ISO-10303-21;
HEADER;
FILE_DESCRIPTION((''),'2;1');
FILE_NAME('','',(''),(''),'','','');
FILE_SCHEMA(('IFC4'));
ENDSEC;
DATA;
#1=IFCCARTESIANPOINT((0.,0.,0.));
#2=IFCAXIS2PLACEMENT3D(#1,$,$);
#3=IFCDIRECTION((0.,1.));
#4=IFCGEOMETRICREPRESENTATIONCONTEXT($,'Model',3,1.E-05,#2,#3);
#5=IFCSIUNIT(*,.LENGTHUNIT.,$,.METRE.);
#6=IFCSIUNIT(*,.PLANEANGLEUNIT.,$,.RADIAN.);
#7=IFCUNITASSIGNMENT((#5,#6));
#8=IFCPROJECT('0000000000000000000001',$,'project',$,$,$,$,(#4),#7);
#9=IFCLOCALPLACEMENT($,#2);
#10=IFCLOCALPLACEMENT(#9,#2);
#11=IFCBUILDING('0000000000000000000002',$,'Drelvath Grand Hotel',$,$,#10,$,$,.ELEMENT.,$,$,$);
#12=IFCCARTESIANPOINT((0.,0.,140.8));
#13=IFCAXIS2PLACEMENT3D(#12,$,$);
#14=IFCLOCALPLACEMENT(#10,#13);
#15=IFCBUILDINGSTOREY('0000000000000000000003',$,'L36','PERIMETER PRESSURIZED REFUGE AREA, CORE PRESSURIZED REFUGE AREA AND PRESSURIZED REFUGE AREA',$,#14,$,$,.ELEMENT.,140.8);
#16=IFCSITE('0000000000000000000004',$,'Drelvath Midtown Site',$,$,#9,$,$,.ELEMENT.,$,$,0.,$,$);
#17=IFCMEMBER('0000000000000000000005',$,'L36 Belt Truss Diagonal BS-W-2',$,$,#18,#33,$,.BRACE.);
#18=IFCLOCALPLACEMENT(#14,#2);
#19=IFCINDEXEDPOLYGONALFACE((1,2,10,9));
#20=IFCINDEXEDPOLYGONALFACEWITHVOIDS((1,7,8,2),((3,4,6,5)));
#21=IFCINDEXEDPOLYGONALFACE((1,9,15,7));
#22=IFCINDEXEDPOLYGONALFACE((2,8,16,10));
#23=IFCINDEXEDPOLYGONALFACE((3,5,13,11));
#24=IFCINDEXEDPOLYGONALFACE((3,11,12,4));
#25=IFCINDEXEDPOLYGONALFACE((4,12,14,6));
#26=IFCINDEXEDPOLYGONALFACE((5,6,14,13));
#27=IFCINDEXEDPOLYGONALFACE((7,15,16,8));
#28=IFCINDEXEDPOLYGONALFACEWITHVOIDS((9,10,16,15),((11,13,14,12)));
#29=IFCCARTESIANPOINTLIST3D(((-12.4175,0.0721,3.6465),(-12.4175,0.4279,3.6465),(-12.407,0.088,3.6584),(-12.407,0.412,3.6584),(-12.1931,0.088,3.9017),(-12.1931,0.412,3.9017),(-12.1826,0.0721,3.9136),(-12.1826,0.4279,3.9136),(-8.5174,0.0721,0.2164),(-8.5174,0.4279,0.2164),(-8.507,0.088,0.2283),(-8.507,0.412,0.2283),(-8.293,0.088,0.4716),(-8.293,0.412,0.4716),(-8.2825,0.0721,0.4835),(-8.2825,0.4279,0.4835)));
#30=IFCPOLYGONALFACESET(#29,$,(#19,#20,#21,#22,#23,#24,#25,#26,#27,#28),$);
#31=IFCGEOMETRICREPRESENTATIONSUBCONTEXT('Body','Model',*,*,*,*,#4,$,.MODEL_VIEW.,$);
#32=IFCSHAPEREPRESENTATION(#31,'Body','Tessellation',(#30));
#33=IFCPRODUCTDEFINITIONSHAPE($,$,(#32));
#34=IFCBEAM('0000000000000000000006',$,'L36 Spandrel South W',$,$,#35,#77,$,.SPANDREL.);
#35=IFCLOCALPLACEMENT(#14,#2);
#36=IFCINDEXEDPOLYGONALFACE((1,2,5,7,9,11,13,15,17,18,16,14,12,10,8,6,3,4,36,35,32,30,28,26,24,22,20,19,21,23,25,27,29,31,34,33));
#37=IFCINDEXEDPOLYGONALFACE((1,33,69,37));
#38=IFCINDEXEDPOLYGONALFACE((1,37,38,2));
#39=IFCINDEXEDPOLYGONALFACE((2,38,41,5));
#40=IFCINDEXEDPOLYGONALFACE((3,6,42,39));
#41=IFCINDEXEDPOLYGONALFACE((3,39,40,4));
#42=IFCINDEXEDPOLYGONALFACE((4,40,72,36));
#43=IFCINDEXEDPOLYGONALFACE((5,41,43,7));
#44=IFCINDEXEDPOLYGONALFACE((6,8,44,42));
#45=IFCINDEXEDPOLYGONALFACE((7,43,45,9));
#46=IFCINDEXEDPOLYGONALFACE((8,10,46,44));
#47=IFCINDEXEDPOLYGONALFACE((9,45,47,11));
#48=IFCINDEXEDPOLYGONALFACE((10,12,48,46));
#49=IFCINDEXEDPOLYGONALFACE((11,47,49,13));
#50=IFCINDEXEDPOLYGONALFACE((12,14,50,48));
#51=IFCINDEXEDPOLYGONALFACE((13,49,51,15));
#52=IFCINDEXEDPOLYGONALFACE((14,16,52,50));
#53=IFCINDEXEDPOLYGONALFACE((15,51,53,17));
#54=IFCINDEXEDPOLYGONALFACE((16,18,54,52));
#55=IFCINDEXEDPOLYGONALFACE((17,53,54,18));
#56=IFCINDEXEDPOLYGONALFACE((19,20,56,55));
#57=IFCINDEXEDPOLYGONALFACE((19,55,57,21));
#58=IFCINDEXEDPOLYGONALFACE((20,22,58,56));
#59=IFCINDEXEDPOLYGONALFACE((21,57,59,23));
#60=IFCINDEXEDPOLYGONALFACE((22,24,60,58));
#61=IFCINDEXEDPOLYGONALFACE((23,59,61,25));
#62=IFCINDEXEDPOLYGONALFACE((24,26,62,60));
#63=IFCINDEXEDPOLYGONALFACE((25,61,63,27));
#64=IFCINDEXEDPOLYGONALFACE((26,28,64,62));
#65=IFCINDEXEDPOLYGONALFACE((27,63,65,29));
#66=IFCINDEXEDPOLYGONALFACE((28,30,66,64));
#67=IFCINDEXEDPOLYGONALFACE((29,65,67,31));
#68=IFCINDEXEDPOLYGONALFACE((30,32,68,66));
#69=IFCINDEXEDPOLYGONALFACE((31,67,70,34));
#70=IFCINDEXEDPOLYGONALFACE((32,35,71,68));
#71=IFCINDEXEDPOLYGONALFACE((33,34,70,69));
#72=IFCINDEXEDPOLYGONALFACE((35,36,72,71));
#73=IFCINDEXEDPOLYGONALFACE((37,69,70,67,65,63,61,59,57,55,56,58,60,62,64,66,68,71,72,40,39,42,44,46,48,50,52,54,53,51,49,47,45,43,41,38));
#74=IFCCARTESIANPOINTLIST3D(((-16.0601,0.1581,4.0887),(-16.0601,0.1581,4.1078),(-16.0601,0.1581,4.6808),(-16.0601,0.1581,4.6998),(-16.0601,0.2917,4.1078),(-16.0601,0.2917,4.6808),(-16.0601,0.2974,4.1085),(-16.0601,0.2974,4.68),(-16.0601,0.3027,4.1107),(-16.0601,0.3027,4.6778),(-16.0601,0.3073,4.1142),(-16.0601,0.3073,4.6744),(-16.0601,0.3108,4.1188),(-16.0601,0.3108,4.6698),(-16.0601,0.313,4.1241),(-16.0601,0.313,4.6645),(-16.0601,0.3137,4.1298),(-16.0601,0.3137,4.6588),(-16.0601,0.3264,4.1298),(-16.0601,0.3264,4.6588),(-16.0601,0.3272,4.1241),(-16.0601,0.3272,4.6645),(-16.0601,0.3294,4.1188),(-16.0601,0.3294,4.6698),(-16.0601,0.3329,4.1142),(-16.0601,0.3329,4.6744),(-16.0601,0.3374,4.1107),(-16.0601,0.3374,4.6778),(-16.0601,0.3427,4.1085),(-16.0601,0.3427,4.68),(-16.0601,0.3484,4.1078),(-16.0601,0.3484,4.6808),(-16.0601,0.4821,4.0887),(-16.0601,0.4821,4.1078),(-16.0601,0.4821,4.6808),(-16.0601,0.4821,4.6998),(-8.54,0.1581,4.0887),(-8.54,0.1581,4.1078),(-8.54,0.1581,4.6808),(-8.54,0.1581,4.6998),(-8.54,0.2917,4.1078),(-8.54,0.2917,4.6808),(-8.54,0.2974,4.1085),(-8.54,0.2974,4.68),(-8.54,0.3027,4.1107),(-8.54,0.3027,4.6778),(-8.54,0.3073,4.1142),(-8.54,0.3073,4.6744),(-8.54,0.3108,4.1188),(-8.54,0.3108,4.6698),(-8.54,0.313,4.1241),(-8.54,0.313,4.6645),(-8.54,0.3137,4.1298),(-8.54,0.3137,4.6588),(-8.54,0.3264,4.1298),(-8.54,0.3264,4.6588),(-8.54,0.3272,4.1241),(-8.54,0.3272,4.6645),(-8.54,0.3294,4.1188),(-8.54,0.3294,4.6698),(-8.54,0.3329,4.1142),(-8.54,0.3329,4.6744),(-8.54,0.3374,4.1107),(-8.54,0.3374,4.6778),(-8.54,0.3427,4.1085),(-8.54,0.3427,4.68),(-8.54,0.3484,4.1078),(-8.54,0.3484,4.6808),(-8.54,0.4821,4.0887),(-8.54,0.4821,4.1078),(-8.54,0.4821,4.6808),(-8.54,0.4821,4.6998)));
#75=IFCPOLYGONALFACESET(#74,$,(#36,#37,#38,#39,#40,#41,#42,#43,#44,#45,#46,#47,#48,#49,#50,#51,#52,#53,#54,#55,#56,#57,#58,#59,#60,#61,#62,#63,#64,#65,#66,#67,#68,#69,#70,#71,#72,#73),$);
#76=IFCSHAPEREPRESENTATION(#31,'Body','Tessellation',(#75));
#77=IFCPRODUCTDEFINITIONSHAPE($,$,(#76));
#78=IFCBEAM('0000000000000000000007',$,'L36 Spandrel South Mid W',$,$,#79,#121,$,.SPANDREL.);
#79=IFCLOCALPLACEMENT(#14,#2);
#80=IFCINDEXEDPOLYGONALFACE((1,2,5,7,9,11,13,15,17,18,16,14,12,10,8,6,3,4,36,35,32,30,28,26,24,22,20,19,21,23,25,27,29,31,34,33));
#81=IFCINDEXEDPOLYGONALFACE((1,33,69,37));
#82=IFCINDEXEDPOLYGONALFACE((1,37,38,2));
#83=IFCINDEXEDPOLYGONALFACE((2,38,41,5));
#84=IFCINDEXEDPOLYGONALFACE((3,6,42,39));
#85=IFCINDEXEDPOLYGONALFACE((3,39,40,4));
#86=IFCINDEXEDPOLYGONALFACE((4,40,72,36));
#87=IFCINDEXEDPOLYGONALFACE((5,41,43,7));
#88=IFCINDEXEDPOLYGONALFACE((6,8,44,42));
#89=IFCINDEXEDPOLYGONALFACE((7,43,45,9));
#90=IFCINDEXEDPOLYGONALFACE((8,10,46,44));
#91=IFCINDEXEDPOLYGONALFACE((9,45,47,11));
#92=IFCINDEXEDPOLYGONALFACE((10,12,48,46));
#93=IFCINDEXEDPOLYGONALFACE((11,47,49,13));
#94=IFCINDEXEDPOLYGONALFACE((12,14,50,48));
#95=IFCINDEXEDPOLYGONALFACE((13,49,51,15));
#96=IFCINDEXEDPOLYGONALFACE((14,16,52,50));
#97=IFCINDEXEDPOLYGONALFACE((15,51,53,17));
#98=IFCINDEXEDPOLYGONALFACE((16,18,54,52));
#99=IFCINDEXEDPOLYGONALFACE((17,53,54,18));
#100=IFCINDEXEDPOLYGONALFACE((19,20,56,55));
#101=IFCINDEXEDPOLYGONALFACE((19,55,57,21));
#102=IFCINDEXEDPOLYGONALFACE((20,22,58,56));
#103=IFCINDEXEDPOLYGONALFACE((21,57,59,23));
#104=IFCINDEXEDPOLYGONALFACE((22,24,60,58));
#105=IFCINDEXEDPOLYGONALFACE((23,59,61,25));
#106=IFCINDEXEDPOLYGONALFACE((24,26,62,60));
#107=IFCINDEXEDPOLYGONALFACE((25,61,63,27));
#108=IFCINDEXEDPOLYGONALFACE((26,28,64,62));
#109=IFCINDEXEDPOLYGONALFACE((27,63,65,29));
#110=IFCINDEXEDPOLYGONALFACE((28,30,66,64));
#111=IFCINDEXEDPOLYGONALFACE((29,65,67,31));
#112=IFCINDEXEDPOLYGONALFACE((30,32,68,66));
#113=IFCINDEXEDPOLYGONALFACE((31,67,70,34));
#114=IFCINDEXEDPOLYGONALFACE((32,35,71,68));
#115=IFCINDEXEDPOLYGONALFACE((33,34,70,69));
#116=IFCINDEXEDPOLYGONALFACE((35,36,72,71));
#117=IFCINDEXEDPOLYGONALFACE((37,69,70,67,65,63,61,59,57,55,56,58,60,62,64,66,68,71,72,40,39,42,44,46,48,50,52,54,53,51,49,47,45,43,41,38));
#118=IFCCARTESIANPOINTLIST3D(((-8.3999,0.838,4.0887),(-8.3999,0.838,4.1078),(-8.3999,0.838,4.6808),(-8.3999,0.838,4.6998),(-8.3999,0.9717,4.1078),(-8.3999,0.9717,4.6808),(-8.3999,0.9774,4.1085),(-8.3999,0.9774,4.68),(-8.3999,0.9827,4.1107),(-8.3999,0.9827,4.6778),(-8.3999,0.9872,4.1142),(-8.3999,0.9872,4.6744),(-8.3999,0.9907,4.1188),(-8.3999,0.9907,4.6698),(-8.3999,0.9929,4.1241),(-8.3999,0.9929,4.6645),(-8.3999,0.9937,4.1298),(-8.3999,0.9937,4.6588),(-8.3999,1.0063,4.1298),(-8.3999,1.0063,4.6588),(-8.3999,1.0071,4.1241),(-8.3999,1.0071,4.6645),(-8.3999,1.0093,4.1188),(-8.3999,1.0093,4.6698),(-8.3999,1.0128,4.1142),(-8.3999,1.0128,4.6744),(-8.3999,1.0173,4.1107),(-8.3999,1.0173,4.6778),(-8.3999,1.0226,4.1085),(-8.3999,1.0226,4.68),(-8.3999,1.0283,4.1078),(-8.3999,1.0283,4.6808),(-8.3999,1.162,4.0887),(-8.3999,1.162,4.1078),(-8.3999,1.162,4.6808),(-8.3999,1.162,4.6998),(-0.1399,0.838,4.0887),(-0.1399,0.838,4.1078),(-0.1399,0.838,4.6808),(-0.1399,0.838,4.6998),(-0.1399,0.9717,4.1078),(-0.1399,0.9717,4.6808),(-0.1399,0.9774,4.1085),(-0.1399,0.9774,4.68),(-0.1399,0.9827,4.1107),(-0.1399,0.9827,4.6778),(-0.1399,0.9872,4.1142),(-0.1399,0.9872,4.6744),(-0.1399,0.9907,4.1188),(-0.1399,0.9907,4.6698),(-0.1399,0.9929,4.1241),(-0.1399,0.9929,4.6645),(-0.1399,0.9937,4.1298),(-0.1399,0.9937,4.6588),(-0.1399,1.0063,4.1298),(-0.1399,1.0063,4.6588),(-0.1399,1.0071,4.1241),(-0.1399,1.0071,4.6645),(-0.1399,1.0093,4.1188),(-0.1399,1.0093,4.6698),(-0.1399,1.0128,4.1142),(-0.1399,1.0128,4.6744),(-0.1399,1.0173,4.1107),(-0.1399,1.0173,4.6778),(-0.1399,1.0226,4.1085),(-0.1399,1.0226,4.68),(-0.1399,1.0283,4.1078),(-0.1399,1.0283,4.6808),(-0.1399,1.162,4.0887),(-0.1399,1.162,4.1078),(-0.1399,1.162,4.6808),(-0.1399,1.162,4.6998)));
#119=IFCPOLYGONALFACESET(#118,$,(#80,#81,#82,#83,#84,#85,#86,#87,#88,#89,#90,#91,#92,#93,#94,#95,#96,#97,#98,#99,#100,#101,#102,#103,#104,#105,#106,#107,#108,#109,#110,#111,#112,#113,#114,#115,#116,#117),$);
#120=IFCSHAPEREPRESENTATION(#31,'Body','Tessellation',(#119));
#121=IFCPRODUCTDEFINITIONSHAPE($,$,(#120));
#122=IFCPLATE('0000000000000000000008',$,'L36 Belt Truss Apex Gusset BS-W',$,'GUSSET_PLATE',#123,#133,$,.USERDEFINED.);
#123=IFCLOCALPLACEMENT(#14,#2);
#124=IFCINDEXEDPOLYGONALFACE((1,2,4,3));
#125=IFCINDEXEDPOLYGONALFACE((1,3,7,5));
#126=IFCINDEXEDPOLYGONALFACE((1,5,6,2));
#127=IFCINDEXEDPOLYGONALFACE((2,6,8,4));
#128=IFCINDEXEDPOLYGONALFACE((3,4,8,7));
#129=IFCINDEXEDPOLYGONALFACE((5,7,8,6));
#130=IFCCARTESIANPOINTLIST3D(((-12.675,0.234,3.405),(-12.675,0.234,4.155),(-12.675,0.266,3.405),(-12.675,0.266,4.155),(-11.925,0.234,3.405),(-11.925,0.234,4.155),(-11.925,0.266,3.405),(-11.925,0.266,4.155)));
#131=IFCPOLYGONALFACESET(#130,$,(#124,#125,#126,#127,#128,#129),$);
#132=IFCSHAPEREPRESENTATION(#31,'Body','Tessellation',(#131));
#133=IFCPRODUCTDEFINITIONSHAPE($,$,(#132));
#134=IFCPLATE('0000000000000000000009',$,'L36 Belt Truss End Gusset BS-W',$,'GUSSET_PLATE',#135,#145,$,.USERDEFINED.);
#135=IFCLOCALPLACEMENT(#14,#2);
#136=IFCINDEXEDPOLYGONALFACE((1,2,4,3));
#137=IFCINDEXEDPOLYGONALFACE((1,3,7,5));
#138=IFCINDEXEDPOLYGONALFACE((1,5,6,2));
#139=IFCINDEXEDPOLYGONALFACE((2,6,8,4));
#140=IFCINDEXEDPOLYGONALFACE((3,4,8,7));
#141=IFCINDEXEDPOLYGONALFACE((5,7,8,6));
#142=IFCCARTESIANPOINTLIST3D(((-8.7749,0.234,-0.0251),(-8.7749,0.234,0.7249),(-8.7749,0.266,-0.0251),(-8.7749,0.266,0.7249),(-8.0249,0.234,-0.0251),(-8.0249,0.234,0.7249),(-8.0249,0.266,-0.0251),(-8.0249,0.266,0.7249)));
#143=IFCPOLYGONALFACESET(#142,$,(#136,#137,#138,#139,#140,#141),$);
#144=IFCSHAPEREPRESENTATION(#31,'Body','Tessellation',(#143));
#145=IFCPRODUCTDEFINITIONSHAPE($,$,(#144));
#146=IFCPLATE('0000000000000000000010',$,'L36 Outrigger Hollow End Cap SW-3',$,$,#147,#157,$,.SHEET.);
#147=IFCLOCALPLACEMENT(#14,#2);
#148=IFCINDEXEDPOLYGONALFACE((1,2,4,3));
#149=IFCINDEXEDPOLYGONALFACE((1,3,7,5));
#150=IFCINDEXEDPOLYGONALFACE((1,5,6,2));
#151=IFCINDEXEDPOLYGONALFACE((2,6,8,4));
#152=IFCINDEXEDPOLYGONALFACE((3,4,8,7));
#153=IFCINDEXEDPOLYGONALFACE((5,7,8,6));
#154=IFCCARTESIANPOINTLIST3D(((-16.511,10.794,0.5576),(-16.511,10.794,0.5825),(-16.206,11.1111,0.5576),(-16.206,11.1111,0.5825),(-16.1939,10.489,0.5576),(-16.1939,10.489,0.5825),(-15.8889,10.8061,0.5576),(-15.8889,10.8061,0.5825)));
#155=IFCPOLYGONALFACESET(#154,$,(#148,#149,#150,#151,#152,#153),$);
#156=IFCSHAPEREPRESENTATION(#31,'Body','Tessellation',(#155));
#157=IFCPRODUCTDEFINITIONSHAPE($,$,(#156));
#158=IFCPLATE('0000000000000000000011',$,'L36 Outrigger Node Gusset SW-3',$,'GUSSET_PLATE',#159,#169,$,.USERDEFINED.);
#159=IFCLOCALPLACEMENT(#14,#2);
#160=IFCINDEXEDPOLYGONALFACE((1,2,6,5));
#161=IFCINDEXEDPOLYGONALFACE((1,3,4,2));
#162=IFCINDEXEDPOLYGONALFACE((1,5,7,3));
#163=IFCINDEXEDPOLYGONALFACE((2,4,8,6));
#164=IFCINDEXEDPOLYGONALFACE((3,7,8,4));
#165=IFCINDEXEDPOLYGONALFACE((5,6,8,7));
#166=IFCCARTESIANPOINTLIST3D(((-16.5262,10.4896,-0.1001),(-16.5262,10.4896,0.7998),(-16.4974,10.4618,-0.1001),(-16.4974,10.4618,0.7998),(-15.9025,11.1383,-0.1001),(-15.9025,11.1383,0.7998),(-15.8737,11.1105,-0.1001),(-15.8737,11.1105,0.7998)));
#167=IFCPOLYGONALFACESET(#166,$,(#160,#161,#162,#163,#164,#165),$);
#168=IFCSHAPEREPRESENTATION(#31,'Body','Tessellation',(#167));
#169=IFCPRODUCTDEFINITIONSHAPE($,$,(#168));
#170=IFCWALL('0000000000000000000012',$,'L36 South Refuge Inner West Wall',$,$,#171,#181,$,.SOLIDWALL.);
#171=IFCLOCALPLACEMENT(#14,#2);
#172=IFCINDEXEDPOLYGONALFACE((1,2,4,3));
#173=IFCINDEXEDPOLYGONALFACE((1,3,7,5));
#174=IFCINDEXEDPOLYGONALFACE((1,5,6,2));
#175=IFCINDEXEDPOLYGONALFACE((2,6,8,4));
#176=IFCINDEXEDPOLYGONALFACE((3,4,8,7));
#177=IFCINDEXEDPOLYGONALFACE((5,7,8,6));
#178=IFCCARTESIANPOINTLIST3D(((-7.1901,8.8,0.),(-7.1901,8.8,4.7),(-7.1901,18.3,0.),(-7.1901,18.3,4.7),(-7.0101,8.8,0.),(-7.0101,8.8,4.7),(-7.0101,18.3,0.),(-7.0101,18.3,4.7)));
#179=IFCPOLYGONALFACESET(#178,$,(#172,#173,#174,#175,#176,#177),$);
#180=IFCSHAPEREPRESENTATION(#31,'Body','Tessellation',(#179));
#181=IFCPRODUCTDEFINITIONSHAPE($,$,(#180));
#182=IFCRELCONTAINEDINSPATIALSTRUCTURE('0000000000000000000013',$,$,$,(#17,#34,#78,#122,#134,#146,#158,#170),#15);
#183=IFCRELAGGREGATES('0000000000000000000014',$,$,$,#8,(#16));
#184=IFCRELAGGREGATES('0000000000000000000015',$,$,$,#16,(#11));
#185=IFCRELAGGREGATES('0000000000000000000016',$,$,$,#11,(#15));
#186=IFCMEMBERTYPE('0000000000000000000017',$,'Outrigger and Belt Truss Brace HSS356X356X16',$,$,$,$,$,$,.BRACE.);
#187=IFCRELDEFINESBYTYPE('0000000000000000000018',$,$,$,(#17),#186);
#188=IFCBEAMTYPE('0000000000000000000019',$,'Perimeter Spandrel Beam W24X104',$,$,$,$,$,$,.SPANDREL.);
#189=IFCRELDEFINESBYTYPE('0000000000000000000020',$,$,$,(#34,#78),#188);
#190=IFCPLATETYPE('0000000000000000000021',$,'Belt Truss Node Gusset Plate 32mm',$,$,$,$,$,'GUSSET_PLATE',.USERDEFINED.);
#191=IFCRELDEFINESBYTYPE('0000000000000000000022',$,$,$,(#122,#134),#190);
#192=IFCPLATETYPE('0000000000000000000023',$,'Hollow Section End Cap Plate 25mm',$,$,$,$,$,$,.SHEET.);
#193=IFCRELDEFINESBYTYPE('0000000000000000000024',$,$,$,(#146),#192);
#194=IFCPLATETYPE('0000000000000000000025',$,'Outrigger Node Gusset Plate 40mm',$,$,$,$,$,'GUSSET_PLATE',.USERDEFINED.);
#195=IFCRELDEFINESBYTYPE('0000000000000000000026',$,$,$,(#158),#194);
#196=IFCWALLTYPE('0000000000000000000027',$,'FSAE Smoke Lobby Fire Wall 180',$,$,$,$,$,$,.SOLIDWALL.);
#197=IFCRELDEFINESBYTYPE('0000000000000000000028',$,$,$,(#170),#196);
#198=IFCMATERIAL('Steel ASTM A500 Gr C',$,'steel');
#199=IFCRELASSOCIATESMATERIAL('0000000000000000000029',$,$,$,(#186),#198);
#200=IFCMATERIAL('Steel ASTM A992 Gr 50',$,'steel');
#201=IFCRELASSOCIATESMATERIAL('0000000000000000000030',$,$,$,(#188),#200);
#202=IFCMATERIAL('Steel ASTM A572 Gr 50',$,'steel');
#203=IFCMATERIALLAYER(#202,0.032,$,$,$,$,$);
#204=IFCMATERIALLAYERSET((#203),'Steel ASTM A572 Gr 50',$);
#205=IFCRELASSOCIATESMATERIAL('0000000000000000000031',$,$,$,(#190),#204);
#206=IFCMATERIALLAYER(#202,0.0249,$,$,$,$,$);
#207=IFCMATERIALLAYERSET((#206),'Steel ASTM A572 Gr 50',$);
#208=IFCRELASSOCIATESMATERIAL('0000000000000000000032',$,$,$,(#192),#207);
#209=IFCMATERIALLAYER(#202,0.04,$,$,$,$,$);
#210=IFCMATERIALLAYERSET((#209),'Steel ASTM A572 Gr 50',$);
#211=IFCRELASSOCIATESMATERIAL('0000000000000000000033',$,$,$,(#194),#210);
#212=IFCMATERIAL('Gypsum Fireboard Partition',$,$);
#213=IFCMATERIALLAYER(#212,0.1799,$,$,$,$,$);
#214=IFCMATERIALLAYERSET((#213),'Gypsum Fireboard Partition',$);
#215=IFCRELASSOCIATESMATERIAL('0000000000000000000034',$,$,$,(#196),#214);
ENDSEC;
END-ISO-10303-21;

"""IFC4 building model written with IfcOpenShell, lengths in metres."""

from ifc_helpers import new_model, si_unit, direction, frame, frame_2d, origin, origin_2d, place, context, subcontext, project, spatial, rectangle, hollow_rectangle, i_section, extrude, material, layer, layer_set, material_profile, profile_set, type_object, element, save


model = new_model("IFC4")

# Units and contexts
model_context = context("Model", 3, precision=1e-05, world=origin(), true_north=direction((0.0, 1.0)))
body_context = subcontext(model_context, "Body", "Model", "MODEL_VIEW")
ifc_project = project(units=[si_unit("LENGTHUNIT", "METRE"), si_unit("PLANEANGLEUNIT", "RADIAN")], contexts=[model_context])

# Site, building, storey
site_placement = place(None, origin())
site = spatial("IfcSite", under=ifc_project, at=site_placement, Name="Drelvath Midtown Site", CompositionType="ELEMENT", RefElevation=0.0)
building_placement = place(site_placement, origin())
building = spatial("IfcBuilding", under=site, at=building_placement, Name="Drelvath Grand Hotel", CompositionType="ELEMENT")
storey_placement = place(building_placement, frame((0.0, 0.0, 140.8)))
storey = spatial("IfcBuildingStorey", under=building, at=storey_placement, Name="L36", Description="PERIMETER PRESSURIZED REFUGE AREA, CORE PRESSURIZED REFUGE AREA AND PRESSURIZED REFUGE AREA", CompositionType="ELEMENT", Elevation=140.8)

# Shared definitions
ifc_material_1 = material(Name="Steel ASTM A572 Gr 50", Category="steel")

# Member
ifc_material_2 = material(Name="Steel ASTM A500 Gr C", Category="steel")
ifc_material_profile_1 = material_profile(ifc_material_2, hollow_rectangle(XDim=0.3557, YDim=0.3557, WallThickness=0.0159, at=origin_2d()), Name="HSS356X356X16")
ifc_profile_set_1 = profile_set([ifc_material_profile_1], Name="Steel ASTM A500 Gr C")
member_type = type_object("IfcMemberType", Name="Outrigger and Belt Truss Brace HSS356X356X16", PredefinedType="BRACE", material=ifc_profile_set_1)
member_placement = place(storey_placement, frame((-12.3, 0.25, 3.78), z_axis=(0.7509, 0.0, -0.660416), x_axis=(0.0, 1.0, 0.0)))
element("IfcMember", 1, at=member_placement, inside=storey, type_object=member_type, Name="L36 Belt Truss Diagonal BS-W-2", PredefinedType="BRACE", context=body_context, shape_type="SweptSolid", body=[
    extrude(hollow_rectangle(XDim=0.3557, YDim=0.3557, WallThickness=0.0159, at=origin_2d()), origin(), (0.0, 0.0, 1.0), 5.1938),
])

# Beams
ifc_material_3 = material(Name="Steel ASTM A992 Gr 50", Category="steel")
ifc_material_profile_2 = material_profile(ifc_material_3, i_section(OverallWidth=0.324, OverallDepth=0.6111, WebThickness=0.0127, FlangeThickness=0.019, FilletRadius=0.022, at=origin_2d()), Name="W24X104")
ifc_profile_set_2 = profile_set([ifc_material_profile_2], Name="Steel ASTM A992 Gr 50")
beam_type_1 = type_object("IfcBeamType", Name="Perimeter Spandrel Beam W24X104", PredefinedType="SPANDREL", material=ifc_profile_set_2)
beam_1_placement = place(storey_placement, frame((-16.0601, 0.3201, 4.3943), z_axis=(1.0, 0.0, 0.0), x_axis=(0.0, 1.0, 0.0)))
element("IfcBeam", 2, at=beam_1_placement, inside=storey, type_object=beam_type_1, Name="L36 Spandrel South W", PredefinedType="SPANDREL", context=body_context, shape_type="SweptSolid", body=[
    extrude(i_section(OverallWidth=0.324, OverallDepth=0.6111, WebThickness=0.0127, FlangeThickness=0.019, FilletRadius=0.022, at=origin_2d()), origin(), (0.0, 0.0, 1.0), 7.52),
])
beam_2_placement = place(storey_placement, frame((-8.3999, 1.0, 4.3943), z_axis=(1.0, 0.0, 0.0), x_axis=(0.0, 1.0, 0.0)))
element("IfcBeam", 3, at=beam_2_placement, inside=storey, type_object=beam_type_1, Name="L36 Spandrel South Mid W", PredefinedType="SPANDREL", context=body_context, shape_type="SweptSolid", body=[
    extrude(i_section(OverallWidth=0.324, OverallDepth=0.6111, WebThickness=0.0127, FlangeThickness=0.019, FilletRadius=0.022, at=origin_2d()), origin(), (0.0, 0.0, 1.0), 8.26),
])

# Plates
ifc_layer_1 = layer(ifc_material_1, 0.032)
ifc_layer_set_1 = layer_set([ifc_layer_1], Name="Steel ASTM A572 Gr 50")
plate_type_1 = type_object("IfcPlateType", Name="Belt Truss Node Gusset Plate 32mm", ElementType="GUSSET_PLATE", PredefinedType="USERDEFINED", material=ifc_layer_set_1)
for number, where, z_axis, x_axis, name in (
    (4, (-12.3, 0.25, 3.405), (0.0, 0.0, 1.0), (1.0, 0.0, 0.0), "L36 Belt Truss Apex Gusset BS-W"),
    (5, (-8.3999, 0.25, -0.0251), (0.0, 0.0, 1.0), (1.0, 0.0, 0.0), "L36 Belt Truss End Gusset BS-W"),
):
    element("IfcPlate", number, at=place(storey_placement, frame(where, z_axis=z_axis, x_axis=x_axis)), inside=storey, type_object=plate_type_1, Name=name, ObjectType="GUSSET_PLATE", PredefinedType="USERDEFINED", context=body_context, shape_type="SweptSolid", body=[
        extrude(rectangle(XDim=0.75, YDim=0.032, at=origin_2d()), origin(), (0.0, 0.0, 1.0), 0.75),
    ])
ifc_layer_2 = layer(ifc_material_1, 0.0249)
ifc_layer_set_2 = layer_set([ifc_layer_2], Name="Steel ASTM A572 Gr 50")
plate_type_2 = type_object("IfcPlateType", Name="Hollow Section End Cap Plate 25mm", PredefinedType="SHEET", material=ifc_layer_set_2)
plate_1_placement = place(storey_placement, frame((-16.2, 10.8, 0.5576), z_axis=(0.0, 0.0, 1.0), x_axis=(-0.693109, -0.720833, 0.0)))
element("IfcPlate", 6, at=plate_1_placement, inside=storey, type_object=plate_type_2, Name="L36 Outrigger Hollow End Cap SW-3", PredefinedType="SHEET", context=body_context, shape_type="SweptSolid", body=[
    extrude(rectangle(XDim=0.4399, YDim=0.4399, at=origin_2d()), origin(), (0.0, 0.0, 1.0), 0.0249),
])
ifc_layer_3 = layer(ifc_material_1, 0.04)
ifc_layer_set_3 = layer_set([ifc_layer_3], Name="Steel ASTM A572 Gr 50")
plate_type_3 = type_object("IfcPlateType", Name="Outrigger Node Gusset Plate 40mm", ElementType="GUSSET_PLATE", PredefinedType="USERDEFINED", material=ifc_layer_set_3)
plate_2_placement = place(storey_placement, frame((-16.2, 10.8, -0.1001), z_axis=(0.0, 0.0, 1.0), x_axis=(-0.693109, -0.720833, 0.0)))
element("IfcPlate", 7, at=plate_2_placement, inside=storey, type_object=plate_type_3, Name="L36 Outrigger Node Gusset SW-3", ObjectType="GUSSET_PLATE", PredefinedType="USERDEFINED", context=body_context, shape_type="SweptSolid", body=[
    extrude(rectangle(XDim=0.8999, YDim=0.04, at=origin_2d()), origin(), (0.0, 0.0, 1.0), 0.8999),
])

# Wall
ifc_material_4 = material(Name="Gypsum Fireboard Partition")
ifc_layer_4 = layer(ifc_material_4, 0.1799)
ifc_layer_set_4 = layer_set([ifc_layer_4], Name="Gypsum Fireboard Partition")
wall_type_1 = type_object("IfcWallType", Name="FSAE Smoke Lobby Fire Wall 180", PredefinedType="SOLIDWALL", material=ifc_layer_set_4)
wall_1_placement = place(storey_placement, frame((-7.1001, 8.8, 0.0), z_axis=(0.0, 0.0, 1.0), x_axis=(0.0, 1.0, 0.0)))
element("IfcWall", 8, at=wall_1_placement, inside=storey, type_object=wall_type_1, Name="L36 South Refuge Inner West Wall", PredefinedType="SOLIDWALL", context=body_context, shape_type="SweptSolid", body=[
    extrude(rectangle(XDim=9.5, YDim=0.1799, at=frame_2d((4.75, 0.0))), origin(), (0.0, 0.0, 1.0), 4.7),
])

save(model, "model.ifc")
